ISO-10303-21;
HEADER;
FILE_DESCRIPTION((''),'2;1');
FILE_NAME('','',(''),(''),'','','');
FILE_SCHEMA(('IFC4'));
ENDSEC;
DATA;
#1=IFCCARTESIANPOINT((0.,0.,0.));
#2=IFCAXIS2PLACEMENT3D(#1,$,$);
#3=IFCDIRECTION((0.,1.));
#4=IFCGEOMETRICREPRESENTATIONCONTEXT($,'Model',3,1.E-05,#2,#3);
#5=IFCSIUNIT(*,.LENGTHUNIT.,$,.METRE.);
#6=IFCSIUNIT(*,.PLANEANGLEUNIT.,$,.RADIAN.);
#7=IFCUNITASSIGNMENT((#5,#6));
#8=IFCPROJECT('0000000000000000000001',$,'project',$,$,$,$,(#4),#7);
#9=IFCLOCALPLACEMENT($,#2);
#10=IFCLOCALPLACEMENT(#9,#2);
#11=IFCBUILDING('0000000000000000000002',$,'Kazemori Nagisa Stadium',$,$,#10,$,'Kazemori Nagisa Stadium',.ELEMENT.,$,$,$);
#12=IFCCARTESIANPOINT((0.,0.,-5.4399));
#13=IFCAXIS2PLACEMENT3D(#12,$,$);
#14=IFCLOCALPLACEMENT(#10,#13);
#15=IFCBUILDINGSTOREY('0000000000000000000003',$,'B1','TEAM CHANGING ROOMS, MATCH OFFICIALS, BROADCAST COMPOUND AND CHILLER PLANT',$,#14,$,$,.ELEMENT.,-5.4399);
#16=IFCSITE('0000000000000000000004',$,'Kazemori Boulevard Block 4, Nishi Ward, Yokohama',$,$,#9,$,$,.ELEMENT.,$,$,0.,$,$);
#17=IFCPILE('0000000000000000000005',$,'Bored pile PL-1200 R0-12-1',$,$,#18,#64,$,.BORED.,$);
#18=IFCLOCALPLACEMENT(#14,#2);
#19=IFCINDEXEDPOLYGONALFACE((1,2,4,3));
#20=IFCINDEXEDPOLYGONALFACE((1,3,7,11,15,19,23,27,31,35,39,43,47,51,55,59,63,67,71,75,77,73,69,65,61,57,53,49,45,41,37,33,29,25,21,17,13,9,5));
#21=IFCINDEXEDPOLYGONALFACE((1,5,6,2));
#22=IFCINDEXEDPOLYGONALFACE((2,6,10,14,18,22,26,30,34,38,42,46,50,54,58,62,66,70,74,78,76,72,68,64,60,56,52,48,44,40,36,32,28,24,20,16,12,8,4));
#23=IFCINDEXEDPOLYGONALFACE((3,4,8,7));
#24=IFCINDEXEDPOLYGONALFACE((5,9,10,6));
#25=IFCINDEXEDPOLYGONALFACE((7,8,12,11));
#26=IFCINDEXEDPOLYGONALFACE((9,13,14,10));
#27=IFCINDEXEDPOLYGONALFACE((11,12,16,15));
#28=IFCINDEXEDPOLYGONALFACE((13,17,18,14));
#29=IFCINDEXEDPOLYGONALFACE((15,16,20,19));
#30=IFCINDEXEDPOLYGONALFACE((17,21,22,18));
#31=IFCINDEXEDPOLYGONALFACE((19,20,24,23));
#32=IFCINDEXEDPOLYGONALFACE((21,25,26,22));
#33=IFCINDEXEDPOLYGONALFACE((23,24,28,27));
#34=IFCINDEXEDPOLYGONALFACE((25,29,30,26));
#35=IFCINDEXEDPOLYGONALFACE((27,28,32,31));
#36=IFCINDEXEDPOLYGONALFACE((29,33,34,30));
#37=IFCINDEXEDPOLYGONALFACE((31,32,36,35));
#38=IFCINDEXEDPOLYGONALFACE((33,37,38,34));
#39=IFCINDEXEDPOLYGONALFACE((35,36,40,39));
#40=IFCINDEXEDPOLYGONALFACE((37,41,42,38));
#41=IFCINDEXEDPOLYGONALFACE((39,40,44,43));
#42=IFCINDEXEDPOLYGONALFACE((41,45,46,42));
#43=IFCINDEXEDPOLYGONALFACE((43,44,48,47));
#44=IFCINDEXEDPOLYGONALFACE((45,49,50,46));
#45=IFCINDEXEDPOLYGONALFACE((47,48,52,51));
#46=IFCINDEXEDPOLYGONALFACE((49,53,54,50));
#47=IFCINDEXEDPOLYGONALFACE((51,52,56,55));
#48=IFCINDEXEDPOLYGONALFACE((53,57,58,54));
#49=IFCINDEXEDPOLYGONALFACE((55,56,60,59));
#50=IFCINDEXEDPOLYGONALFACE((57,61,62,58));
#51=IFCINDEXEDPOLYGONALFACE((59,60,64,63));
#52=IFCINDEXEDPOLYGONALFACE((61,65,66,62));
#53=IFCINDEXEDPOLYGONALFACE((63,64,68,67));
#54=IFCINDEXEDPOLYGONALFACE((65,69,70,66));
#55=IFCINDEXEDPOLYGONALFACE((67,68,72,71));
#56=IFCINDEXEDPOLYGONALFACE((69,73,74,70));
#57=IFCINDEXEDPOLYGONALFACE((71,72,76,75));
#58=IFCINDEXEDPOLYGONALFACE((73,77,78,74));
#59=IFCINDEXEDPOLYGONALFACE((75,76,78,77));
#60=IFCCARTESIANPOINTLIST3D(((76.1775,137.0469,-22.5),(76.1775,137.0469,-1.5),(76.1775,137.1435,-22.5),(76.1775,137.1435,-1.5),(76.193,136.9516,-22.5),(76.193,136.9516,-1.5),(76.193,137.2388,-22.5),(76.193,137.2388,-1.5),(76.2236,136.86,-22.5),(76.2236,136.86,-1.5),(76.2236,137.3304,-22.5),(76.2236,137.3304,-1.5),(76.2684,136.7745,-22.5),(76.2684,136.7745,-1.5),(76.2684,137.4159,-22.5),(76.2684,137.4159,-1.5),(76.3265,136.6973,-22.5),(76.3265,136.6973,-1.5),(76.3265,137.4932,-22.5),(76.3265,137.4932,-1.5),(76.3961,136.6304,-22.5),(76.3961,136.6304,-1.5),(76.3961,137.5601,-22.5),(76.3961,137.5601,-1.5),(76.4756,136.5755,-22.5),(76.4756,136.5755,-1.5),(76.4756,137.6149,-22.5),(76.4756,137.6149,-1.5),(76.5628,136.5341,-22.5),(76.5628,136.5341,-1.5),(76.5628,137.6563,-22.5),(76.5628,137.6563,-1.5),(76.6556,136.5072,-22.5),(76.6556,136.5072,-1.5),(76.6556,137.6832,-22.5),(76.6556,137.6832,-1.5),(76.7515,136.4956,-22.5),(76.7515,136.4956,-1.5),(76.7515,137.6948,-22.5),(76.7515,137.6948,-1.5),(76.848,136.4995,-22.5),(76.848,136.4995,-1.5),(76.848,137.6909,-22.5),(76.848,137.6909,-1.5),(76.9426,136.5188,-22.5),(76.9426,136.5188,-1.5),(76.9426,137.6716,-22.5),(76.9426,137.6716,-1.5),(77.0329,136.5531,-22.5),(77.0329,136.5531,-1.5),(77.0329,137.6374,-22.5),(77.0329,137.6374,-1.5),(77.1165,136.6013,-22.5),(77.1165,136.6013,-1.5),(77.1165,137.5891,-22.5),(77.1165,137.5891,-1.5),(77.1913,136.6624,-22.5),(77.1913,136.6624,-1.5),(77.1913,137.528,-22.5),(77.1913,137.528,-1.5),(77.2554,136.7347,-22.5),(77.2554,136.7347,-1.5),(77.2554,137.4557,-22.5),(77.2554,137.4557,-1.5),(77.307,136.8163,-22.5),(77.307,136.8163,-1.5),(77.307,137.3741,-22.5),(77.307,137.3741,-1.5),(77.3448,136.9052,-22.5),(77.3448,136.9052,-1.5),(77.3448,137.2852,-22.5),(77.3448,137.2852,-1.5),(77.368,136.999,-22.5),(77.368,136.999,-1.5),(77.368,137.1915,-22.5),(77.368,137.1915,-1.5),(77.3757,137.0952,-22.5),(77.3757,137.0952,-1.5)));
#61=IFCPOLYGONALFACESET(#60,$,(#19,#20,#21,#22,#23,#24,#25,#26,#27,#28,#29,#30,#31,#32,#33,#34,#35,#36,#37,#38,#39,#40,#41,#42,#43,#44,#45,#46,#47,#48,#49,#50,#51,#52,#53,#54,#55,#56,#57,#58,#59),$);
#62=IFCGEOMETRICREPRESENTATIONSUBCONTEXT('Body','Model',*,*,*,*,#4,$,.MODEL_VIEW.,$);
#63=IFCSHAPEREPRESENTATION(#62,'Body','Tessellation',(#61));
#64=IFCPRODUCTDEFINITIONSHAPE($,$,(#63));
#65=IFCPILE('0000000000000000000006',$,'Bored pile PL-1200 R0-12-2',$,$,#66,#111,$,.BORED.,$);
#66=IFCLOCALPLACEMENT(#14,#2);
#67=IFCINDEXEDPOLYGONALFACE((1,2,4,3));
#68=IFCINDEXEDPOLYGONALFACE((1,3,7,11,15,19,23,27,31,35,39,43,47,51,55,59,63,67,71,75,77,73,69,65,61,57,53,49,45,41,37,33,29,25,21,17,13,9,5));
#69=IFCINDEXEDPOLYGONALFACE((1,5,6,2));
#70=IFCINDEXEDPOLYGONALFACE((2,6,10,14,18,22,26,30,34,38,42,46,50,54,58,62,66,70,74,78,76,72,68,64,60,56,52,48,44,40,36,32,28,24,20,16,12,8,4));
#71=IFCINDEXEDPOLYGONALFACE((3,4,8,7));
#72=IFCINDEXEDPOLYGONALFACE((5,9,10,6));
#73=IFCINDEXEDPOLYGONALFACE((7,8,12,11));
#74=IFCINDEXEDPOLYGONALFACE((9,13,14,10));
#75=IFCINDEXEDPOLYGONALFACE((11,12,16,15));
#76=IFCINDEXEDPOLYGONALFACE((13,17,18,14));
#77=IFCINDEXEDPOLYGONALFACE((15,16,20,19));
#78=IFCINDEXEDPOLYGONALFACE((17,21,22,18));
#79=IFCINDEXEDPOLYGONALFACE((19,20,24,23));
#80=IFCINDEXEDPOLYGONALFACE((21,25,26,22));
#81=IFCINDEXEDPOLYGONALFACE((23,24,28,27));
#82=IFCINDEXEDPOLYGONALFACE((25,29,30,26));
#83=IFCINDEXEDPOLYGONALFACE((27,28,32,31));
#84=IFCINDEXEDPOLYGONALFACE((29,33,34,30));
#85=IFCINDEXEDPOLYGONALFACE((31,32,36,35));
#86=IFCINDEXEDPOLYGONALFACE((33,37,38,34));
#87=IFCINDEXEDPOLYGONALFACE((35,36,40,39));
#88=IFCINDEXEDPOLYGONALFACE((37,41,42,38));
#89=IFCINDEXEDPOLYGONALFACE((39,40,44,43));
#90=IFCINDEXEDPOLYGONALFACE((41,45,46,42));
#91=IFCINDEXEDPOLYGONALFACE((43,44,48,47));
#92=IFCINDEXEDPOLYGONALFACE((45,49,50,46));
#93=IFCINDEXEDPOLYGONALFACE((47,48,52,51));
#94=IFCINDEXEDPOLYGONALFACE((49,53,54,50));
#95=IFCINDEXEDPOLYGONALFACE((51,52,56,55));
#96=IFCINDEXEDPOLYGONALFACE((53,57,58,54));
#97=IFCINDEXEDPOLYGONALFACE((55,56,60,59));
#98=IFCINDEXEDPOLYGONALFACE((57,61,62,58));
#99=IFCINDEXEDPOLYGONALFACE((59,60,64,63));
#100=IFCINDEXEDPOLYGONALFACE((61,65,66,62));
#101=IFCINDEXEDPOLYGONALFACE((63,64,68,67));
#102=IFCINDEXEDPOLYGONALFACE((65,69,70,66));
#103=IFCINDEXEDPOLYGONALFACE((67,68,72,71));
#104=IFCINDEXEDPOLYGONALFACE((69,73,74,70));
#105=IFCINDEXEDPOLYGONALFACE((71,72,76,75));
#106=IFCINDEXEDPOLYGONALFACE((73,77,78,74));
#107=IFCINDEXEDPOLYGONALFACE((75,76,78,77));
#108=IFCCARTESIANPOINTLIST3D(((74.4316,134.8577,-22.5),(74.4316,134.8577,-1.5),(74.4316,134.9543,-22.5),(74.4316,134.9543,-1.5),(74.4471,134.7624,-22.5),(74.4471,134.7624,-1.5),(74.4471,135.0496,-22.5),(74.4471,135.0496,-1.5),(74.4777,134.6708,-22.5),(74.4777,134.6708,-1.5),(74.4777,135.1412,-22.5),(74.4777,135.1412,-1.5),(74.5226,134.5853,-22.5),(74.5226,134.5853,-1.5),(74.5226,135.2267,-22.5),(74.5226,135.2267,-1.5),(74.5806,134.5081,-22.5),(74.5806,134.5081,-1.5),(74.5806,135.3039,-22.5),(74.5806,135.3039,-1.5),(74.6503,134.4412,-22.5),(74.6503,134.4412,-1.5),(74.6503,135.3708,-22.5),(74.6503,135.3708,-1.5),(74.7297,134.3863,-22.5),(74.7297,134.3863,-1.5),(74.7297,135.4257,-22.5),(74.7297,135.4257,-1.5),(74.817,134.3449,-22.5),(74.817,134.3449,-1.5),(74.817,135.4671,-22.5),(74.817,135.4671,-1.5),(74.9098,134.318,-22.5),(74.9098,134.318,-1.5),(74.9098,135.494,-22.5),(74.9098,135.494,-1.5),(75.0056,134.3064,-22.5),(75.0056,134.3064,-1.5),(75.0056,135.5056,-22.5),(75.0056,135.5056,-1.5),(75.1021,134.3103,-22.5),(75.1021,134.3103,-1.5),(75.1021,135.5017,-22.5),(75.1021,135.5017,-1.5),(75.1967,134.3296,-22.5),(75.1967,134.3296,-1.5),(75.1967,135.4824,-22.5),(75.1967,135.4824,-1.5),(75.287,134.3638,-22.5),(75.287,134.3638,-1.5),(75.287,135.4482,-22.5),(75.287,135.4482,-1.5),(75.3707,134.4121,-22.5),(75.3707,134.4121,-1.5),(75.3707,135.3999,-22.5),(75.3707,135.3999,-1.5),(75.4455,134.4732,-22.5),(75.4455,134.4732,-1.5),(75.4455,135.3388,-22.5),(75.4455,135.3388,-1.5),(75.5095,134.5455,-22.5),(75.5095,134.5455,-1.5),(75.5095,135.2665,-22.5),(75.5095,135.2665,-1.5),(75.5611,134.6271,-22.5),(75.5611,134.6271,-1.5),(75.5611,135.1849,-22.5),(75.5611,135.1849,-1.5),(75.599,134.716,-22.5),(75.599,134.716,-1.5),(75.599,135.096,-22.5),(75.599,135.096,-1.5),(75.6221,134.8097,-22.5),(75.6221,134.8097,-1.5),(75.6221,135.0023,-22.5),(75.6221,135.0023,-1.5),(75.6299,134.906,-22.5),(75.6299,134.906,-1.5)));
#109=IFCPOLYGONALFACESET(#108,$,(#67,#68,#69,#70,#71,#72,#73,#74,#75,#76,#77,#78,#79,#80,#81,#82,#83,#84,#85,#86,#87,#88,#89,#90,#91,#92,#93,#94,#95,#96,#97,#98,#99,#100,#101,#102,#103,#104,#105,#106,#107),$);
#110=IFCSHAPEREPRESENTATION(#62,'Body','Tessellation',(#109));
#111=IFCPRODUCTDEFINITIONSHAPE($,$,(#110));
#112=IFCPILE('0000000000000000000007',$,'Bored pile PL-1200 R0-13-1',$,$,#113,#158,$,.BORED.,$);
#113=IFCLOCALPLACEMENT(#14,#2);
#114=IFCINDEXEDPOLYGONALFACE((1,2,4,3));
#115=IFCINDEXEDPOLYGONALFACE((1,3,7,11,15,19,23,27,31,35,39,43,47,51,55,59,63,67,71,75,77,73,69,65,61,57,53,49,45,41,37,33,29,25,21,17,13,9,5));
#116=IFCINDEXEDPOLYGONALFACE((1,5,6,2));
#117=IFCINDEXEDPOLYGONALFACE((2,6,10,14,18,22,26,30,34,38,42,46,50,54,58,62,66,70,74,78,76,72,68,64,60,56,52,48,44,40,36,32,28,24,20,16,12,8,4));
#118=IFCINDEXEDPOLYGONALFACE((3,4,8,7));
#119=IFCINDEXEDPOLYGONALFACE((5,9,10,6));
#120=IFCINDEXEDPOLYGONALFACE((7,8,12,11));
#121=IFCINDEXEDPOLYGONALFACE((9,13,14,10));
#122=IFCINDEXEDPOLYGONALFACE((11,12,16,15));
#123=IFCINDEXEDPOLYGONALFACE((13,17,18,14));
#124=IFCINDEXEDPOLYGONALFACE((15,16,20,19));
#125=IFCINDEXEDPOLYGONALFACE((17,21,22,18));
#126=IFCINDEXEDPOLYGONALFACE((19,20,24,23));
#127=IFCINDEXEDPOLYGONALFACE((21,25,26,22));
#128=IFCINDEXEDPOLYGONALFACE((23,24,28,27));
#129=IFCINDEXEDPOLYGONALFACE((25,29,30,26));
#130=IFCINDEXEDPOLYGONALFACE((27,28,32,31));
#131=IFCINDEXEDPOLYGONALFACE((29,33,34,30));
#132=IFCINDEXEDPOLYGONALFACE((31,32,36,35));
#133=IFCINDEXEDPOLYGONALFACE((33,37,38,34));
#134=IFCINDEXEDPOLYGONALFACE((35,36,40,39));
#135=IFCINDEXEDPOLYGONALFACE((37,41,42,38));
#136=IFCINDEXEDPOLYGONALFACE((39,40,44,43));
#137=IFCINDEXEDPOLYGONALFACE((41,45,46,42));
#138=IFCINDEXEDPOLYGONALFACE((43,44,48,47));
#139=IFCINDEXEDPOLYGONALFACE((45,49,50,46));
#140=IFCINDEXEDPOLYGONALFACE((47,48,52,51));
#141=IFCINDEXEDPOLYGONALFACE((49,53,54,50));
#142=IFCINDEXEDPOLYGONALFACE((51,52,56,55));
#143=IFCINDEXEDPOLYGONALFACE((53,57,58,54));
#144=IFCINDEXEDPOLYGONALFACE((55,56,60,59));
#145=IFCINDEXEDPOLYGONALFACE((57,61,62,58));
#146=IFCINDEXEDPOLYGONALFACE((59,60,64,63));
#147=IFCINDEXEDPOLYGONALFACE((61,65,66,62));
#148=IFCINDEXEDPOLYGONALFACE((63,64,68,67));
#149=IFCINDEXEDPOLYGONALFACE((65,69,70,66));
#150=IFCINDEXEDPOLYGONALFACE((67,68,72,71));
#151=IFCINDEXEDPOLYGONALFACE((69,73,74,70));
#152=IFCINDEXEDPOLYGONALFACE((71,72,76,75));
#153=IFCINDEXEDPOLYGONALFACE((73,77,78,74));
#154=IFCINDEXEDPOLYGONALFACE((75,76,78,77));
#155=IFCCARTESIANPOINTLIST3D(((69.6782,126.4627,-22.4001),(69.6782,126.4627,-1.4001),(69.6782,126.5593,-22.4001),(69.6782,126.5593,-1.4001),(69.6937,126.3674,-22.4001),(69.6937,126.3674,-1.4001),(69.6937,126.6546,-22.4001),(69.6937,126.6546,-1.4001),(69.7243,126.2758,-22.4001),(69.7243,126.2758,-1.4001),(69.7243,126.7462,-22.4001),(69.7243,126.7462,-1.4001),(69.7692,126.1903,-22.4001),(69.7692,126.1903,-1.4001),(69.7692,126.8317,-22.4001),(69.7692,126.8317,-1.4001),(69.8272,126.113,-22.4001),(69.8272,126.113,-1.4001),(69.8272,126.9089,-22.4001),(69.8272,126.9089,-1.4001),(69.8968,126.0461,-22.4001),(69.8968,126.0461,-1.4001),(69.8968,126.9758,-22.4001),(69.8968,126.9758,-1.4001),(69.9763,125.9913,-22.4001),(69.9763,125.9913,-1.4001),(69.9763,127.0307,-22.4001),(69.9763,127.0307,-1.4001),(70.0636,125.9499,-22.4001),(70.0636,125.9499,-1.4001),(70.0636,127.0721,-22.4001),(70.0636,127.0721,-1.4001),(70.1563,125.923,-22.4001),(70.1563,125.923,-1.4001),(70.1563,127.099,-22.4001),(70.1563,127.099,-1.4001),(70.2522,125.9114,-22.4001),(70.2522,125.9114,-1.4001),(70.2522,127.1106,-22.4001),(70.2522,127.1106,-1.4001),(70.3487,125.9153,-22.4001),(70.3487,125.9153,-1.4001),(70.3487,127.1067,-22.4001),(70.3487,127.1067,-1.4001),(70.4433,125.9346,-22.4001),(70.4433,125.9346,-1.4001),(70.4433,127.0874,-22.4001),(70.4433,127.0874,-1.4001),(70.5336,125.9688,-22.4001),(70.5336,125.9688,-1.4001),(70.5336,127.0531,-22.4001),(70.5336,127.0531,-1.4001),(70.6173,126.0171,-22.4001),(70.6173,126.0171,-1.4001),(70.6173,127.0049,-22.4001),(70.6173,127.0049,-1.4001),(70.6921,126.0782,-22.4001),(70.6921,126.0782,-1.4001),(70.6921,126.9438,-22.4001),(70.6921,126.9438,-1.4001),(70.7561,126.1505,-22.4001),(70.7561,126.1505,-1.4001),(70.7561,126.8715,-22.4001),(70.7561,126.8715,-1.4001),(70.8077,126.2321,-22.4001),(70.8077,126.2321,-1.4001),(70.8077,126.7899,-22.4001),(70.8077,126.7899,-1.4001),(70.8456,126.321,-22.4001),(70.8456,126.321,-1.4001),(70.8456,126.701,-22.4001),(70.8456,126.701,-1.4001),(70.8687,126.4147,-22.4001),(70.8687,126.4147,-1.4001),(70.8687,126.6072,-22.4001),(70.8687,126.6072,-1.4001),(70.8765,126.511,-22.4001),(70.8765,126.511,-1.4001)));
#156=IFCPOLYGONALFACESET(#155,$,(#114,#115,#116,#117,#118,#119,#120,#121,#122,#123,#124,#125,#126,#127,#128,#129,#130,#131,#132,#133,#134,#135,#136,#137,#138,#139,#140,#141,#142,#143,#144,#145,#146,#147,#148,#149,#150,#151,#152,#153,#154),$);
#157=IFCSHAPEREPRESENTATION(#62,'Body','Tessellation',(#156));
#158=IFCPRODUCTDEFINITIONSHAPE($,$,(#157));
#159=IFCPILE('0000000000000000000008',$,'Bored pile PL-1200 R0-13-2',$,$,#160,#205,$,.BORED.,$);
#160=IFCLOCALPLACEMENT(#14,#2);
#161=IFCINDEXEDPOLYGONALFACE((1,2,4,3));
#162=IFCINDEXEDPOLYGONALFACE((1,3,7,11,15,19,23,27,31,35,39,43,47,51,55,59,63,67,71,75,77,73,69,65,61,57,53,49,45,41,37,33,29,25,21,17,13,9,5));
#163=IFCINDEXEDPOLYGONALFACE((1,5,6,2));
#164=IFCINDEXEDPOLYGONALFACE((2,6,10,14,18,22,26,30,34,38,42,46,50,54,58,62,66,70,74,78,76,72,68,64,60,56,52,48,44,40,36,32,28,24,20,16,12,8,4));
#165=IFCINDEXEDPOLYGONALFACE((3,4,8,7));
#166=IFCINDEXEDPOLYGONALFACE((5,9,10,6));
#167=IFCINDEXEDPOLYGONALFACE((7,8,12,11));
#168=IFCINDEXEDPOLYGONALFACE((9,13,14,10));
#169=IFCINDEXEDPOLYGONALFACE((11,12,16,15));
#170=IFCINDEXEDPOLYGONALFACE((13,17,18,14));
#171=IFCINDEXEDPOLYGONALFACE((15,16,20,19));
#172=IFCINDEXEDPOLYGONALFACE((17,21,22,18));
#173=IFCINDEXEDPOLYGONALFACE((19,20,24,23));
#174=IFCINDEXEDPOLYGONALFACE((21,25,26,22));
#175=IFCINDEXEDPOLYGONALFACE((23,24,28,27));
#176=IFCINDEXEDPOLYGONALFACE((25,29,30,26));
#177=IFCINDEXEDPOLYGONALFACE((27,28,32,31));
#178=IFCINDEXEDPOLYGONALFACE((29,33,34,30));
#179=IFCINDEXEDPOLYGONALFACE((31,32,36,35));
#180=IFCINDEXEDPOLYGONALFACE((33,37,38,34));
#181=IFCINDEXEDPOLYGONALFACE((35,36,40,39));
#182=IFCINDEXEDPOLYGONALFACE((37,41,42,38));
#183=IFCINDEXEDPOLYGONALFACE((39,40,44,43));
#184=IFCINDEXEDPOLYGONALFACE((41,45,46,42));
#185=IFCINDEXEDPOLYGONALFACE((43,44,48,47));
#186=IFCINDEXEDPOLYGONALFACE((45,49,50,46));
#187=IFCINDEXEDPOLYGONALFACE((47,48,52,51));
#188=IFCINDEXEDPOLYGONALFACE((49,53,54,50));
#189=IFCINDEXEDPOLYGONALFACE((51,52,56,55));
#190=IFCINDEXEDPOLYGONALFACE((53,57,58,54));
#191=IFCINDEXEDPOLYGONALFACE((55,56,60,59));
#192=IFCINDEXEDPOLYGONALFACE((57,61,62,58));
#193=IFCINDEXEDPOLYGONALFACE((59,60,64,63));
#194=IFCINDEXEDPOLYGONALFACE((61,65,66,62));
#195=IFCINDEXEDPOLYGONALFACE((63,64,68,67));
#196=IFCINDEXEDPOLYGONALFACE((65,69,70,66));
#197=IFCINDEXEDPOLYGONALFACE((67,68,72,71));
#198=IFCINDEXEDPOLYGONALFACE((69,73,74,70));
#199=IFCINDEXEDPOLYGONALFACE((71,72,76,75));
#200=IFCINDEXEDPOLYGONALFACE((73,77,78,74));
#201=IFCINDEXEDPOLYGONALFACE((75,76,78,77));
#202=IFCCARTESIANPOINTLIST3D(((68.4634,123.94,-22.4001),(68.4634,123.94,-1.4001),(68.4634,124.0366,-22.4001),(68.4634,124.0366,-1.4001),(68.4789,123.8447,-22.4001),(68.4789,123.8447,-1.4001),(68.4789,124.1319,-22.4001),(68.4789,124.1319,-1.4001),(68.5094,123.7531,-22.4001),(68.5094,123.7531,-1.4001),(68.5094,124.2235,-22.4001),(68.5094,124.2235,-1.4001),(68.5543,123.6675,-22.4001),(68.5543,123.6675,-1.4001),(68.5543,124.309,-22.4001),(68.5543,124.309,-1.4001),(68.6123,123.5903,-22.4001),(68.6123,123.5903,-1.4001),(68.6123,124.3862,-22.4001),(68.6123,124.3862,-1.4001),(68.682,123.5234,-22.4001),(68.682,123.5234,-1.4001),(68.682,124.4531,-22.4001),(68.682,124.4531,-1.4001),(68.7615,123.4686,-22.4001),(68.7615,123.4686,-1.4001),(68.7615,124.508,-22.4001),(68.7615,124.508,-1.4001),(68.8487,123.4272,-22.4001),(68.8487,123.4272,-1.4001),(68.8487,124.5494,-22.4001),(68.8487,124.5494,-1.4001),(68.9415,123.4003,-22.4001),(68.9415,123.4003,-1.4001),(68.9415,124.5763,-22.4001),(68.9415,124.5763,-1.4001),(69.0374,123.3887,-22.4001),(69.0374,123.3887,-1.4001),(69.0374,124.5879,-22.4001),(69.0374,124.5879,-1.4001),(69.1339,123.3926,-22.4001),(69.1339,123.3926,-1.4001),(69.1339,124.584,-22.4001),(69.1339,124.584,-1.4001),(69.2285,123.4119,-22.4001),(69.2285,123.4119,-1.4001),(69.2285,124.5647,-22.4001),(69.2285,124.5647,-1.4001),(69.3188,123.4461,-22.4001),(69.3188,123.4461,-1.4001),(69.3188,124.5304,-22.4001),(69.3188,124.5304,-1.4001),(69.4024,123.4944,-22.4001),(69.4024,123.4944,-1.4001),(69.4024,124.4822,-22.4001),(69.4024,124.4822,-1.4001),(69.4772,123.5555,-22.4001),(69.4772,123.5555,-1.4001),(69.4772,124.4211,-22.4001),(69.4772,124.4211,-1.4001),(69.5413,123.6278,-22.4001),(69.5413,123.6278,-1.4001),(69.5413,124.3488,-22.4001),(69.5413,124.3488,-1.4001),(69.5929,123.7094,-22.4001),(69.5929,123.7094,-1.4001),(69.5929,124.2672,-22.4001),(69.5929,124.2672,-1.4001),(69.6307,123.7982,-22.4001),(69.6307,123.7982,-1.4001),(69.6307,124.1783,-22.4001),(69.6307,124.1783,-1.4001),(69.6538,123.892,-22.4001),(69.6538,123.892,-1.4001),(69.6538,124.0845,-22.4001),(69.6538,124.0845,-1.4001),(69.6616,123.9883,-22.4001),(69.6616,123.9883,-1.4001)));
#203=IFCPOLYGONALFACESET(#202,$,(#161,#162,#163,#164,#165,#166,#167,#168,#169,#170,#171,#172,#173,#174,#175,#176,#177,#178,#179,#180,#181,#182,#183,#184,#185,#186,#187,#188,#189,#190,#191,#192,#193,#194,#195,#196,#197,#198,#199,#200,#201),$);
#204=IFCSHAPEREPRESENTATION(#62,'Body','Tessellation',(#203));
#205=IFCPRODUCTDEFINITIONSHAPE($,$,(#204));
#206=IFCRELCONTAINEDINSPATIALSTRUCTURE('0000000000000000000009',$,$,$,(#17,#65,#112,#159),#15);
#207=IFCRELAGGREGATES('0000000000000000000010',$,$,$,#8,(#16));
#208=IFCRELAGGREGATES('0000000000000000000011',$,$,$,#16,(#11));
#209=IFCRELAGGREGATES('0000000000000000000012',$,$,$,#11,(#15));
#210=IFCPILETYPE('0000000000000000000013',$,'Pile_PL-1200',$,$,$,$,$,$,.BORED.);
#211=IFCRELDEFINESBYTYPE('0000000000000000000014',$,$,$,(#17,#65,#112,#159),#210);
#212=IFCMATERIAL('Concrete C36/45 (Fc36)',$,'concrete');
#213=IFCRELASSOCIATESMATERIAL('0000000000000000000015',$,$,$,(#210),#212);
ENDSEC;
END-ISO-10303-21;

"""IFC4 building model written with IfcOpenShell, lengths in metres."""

from ifc_helpers import new_model, si_unit, direction, frame, origin, origin_2d, place, context, subcontext, project, spatial, circle, extrude, material, material_profile, profile_set, type_object, element, save


model = new_model("IFC4")

# Units and contexts
model_context = context("Model", 3, precision=1e-05, world=origin(), true_north=direction((0.0, 1.0)))
body_context = subcontext(model_context, "Body", "Model", "MODEL_VIEW")
ifc_project = project(units=[si_unit("LENGTHUNIT", "METRE"), si_unit("PLANEANGLEUNIT", "RADIAN")], contexts=[model_context])

# Site, building, storey
site_placement = place(None, origin())
site = spatial("IfcSite", under=ifc_project, at=site_placement, Name="Kazemori Boulevard Block 4, Nishi Ward, Yokohama", CompositionType="ELEMENT", RefElevation=0.0)
building_placement = place(site_placement, origin())
building = spatial("IfcBuilding", under=site, at=building_placement, Name="Kazemori Nagisa Stadium", LongName="Kazemori Nagisa Stadium", CompositionType="ELEMENT")
storey_placement = place(building_placement, frame((0.0, 0.0, -5.4399)))
storey = spatial("IfcBuildingStorey", under=building, at=storey_placement, Name="B1", Description="TEAM CHANGING ROOMS, MATCH OFFICIALS, BROADCAST COMPOUND AND CHILLER PLANT", CompositionType="ELEMENT", Elevation=-5.4399)

# Piles
ifc_material_1 = material(Name="Concrete C36/45 (Fc36)", Category="concrete")
ifc_material_profile_1 = material_profile(ifc_material_1, circle(Radius=0.6001, at=origin_2d()), Name="PILE-D1200")
ifc_profile_set_1 = profile_set([ifc_material_profile_1], Name="Concrete C36/45 (Fc36)")
pile_type = type_object("IfcPileType", Name="Pile_PL-1200", PredefinedType="BORED", material=ifc_profile_set_1)
for number, where, z_axis, x_axis, name in (
    (1, (76.7756, 137.0952, -1.5), (0.0, 0.0, -1.0), (1.0, 0.0, 0.0), "Bored pile PL-1200 R0-12-1"),
    (2, (75.0298, 134.906, -1.5), (0.0, 0.0, -1.0), (1.0, 0.0, 0.0), "Bored pile PL-1200 R0-12-2"),
    (3, (70.2764, 126.511, -1.4001), (0.0, 0.0, -1.0), (1.0, 0.0, 0.0), "Bored pile PL-1200 R0-13-1"),
    (4, (69.0615, 123.9883, -1.4001), (0.0, 0.0, -1.0), (1.0, 0.0, 0.0), "Bored pile PL-1200 R0-13-2"),
):
    element("IfcPile", number, at=place(storey_placement, frame(where, z_axis=z_axis, x_axis=x_axis)), inside=storey, type_object=pile_type, Name=name, PredefinedType="BORED", context=body_context, shape_type="SweptSolid", body=[
        extrude(circle(Radius=0.6001, at=origin_2d()), origin(), (0.0, 0.0, 1.0), 21.0),
    ])

save(model, "model.ifc")
